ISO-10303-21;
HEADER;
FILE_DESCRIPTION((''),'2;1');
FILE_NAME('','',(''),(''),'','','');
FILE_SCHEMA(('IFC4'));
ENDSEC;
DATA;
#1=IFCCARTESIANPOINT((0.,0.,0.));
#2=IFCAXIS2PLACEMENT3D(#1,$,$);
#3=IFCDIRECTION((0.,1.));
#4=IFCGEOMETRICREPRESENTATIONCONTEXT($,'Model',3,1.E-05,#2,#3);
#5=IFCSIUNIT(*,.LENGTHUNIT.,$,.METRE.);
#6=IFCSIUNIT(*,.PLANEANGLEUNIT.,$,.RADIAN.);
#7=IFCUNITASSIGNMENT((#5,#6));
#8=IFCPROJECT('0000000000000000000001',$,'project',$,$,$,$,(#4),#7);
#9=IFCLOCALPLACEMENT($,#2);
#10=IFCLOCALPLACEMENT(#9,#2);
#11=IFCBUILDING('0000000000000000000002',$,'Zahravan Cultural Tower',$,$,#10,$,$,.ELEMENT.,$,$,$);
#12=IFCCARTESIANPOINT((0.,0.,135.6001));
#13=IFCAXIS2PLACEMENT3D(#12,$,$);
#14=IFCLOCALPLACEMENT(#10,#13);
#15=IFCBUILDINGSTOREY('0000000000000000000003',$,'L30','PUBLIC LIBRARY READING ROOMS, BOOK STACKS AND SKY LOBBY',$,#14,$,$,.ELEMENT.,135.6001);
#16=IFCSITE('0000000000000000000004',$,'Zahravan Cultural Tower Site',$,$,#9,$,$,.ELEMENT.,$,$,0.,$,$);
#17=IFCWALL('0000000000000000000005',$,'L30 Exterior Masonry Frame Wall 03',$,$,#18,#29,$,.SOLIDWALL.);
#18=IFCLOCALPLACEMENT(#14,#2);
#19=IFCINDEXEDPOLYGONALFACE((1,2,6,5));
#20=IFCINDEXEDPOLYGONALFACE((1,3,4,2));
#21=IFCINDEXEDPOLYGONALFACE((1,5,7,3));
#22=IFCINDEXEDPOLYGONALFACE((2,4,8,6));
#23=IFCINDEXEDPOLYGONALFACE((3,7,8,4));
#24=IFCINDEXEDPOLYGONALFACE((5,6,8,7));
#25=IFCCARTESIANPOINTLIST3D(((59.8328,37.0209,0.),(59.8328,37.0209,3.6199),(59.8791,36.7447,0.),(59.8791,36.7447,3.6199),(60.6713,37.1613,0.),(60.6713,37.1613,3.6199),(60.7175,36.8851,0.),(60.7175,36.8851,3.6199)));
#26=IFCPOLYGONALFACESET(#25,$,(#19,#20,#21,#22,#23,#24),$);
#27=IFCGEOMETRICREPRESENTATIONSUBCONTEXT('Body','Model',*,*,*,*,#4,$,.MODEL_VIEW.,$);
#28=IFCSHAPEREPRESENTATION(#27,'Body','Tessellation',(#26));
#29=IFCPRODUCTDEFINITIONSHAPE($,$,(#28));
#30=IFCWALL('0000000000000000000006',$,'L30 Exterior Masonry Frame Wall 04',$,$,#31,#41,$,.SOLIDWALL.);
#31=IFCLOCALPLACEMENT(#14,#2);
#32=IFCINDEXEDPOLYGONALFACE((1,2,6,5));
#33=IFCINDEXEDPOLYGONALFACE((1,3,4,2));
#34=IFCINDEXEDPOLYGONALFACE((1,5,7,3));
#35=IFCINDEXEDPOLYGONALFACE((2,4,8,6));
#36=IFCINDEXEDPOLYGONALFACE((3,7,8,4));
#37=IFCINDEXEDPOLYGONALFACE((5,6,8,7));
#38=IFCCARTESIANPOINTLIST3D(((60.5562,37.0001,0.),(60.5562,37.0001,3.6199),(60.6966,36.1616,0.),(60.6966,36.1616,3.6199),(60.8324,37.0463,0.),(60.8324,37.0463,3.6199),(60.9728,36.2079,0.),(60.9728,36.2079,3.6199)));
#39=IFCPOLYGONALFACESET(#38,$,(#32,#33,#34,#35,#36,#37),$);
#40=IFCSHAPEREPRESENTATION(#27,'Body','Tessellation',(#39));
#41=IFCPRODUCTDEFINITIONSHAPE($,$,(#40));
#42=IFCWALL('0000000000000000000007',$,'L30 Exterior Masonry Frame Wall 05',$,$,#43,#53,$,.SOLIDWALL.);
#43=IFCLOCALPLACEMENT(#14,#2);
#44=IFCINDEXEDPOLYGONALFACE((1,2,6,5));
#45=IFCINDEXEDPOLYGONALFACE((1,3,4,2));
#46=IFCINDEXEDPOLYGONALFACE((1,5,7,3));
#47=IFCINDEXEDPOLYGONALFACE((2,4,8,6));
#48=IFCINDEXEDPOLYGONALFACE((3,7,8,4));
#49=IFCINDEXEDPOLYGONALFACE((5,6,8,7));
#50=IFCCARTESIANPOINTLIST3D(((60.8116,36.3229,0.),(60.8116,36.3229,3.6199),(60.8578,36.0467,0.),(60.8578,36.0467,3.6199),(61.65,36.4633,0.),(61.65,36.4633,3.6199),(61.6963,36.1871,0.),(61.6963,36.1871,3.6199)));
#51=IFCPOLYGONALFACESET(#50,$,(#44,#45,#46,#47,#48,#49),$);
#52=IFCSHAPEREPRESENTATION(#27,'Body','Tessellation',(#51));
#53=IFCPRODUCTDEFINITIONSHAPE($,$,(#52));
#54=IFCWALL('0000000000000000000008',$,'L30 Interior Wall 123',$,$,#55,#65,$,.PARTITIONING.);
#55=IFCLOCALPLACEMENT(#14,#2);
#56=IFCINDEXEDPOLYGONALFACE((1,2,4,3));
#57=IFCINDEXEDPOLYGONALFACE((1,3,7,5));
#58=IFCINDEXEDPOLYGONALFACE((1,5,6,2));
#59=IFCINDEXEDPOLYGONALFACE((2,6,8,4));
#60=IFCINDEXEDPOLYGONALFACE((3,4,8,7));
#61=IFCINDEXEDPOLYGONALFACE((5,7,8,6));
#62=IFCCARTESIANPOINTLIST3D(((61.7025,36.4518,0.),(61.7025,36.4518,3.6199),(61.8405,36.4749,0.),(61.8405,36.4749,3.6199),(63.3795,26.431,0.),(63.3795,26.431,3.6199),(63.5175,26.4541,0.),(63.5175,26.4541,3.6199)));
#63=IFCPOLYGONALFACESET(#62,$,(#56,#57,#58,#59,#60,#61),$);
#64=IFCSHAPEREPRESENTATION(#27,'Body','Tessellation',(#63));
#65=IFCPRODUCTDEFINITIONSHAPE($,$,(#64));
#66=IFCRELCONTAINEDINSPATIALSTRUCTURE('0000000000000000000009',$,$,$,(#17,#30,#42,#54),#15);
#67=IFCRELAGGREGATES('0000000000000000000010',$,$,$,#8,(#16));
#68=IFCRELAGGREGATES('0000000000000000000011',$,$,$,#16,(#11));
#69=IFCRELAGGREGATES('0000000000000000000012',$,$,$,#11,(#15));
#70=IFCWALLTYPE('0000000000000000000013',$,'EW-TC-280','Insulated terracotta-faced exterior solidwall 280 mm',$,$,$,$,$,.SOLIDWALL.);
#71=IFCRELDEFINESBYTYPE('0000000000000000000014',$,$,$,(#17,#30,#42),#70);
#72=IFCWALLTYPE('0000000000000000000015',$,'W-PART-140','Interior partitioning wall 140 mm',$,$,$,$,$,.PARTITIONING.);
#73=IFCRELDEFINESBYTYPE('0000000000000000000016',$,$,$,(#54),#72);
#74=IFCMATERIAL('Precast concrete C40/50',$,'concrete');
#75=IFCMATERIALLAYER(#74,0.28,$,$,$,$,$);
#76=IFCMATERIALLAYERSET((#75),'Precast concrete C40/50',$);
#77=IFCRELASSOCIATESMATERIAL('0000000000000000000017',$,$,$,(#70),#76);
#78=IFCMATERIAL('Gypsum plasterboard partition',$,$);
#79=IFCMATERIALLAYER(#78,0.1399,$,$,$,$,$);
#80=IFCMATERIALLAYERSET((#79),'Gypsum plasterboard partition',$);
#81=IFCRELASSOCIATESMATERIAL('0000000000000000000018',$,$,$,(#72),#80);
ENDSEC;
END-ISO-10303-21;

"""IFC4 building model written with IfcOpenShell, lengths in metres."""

from ifc_helpers import new_model, si_unit, direction, frame, frame_2d, origin, place, context, subcontext, project, spatial, rectangle, extrude, source, transform, mapped, material, layer, layer_set, type_object, element, save


model = new_model("IFC4")

# Units and contexts
model_context = context("Model", 3, precision=1e-05, world=origin(), true_north=direction((0.0, 1.0)))
body_context = subcontext(model_context, "Body", "Model", "MODEL_VIEW")
ifc_project = project(units=[si_unit("LENGTHUNIT", "METRE"), si_unit("PLANEANGLEUNIT", "RADIAN")], contexts=[model_context])

# Site, building, storey
site_placement = place(None, origin())
site = spatial("IfcSite", under=ifc_project, at=site_placement, Name="Zahravan Cultural Tower Site", CompositionType="ELEMENT", RefElevation=0.0)
building_placement = place(site_placement, origin())
building = spatial("IfcBuilding", under=site, at=building_placement, Name="Zahravan Cultural Tower", CompositionType="ELEMENT")
storey_placement = place(building_placement, frame((0.0, 0.0, 135.6001)))
storey = spatial("IfcBuildingStorey", under=building, at=storey_placement, Name="L30", Description="PUBLIC LIBRARY READING ROOMS, BOOK STACKS AND SKY LOBBY", CompositionType="ELEMENT", Elevation=135.6001)

# Walls
ifc_material_1 = material(Name="Precast concrete C40/50", Category="concrete")
ifc_layer_1 = layer(ifc_material_1, 0.28)
ifc_layer_set_1 = layer_set([ifc_layer_1], Name="Precast concrete C40/50")
wall_type_1 = type_object("IfcWallType", Name="EW-TC-280", Description="Insulated terracotta-faced exterior solidwall 280 mm", PredefinedType="SOLIDWALL", material=ifc_layer_set_1)
shared_shape_1 = source(origin(), body_context, "Body", "SweptSolid", [
    extrude(rectangle(XDim=0.8501, YDim=0.28, at=frame_2d((0.425, 0.0))), origin(), (0.0, 0.0, 1.0), 3.6199),
])
for number, where, z_axis, x_axis, name in (
    (1, (59.856, 36.8828, 0.0), (0.0, 0.0, 1.0), (0.986269, 0.165144, 0.0), "L30 Exterior Masonry Frame Wall 03"),
    (2, (60.6943, 37.0232, 0.0), (0.0, 0.0, 1.0), (0.165144, -0.986269, 0.0), "L30 Exterior Masonry Frame Wall 04"),
    (3, (60.8347, 36.1848, 0.0), (0.0, 0.0, 1.0), (0.986269, 0.165144, 0.0), "L30 Exterior Masonry Frame Wall 05"),
):
    element("IfcWall", number, at=place(storey_placement, frame(where, z_axis=z_axis, x_axis=x_axis)), inside=storey, type_object=wall_type_1, Name=name, PredefinedType="SOLIDWALL", context=body_context, shape_type="MappedRepresentation", body=[
        mapped(shared_shape_1, transform((0.0, 0.0, 0.0), x_axis=(1.0, 0.0, 0.0), y_axis=(0.0, 1.0, 0.0), z_axis=(0.0, 0.0, 1.0), scale=1.0)),
    ])
ifc_material_2 = material(Name="Gypsum plasterboard partition")
ifc_layer_2 = layer(ifc_material_2, 0.1399)
ifc_layer_set_2 = layer_set([ifc_layer_2], Name="Gypsum plasterboard partition")
wall_type_2 = type_object("IfcWallType", Name="W-PART-140", Description="Interior partitioning wall 140 mm", PredefinedType="PARTITIONING", material=ifc_layer_set_2)
shared_shape_2 = source(origin(), body_context, "Body", "SweptSolid", [
    extrude(rectangle(XDim=10.1602, YDim=0.1399, at=frame_2d((5.0801, 0.0))), origin(), (0.0, 0.0, 1.0), 3.6199),
])
wall_placement = place(storey_placement, frame((61.7715, 36.4634, 0.0), z_axis=(0.0, 0.0, 1.0), x_axis=(0.165057, -0.986284, 0.0)))
element("IfcWall", 4, at=wall_placement, inside=storey, type_object=wall_type_2, Name="L30 Interior Wall 123", PredefinedType="PARTITIONING", context=body_context, shape_type="MappedRepresentation", body=[
    mapped(shared_shape_2, transform((0.0, 0.0, 0.0), x_axis=(1.0, 0.0, 0.0), y_axis=(0.0, 1.0, 0.0), z_axis=(0.0, 0.0, 1.0), scale=1.0)),
])

save(model, "model.ifc")
